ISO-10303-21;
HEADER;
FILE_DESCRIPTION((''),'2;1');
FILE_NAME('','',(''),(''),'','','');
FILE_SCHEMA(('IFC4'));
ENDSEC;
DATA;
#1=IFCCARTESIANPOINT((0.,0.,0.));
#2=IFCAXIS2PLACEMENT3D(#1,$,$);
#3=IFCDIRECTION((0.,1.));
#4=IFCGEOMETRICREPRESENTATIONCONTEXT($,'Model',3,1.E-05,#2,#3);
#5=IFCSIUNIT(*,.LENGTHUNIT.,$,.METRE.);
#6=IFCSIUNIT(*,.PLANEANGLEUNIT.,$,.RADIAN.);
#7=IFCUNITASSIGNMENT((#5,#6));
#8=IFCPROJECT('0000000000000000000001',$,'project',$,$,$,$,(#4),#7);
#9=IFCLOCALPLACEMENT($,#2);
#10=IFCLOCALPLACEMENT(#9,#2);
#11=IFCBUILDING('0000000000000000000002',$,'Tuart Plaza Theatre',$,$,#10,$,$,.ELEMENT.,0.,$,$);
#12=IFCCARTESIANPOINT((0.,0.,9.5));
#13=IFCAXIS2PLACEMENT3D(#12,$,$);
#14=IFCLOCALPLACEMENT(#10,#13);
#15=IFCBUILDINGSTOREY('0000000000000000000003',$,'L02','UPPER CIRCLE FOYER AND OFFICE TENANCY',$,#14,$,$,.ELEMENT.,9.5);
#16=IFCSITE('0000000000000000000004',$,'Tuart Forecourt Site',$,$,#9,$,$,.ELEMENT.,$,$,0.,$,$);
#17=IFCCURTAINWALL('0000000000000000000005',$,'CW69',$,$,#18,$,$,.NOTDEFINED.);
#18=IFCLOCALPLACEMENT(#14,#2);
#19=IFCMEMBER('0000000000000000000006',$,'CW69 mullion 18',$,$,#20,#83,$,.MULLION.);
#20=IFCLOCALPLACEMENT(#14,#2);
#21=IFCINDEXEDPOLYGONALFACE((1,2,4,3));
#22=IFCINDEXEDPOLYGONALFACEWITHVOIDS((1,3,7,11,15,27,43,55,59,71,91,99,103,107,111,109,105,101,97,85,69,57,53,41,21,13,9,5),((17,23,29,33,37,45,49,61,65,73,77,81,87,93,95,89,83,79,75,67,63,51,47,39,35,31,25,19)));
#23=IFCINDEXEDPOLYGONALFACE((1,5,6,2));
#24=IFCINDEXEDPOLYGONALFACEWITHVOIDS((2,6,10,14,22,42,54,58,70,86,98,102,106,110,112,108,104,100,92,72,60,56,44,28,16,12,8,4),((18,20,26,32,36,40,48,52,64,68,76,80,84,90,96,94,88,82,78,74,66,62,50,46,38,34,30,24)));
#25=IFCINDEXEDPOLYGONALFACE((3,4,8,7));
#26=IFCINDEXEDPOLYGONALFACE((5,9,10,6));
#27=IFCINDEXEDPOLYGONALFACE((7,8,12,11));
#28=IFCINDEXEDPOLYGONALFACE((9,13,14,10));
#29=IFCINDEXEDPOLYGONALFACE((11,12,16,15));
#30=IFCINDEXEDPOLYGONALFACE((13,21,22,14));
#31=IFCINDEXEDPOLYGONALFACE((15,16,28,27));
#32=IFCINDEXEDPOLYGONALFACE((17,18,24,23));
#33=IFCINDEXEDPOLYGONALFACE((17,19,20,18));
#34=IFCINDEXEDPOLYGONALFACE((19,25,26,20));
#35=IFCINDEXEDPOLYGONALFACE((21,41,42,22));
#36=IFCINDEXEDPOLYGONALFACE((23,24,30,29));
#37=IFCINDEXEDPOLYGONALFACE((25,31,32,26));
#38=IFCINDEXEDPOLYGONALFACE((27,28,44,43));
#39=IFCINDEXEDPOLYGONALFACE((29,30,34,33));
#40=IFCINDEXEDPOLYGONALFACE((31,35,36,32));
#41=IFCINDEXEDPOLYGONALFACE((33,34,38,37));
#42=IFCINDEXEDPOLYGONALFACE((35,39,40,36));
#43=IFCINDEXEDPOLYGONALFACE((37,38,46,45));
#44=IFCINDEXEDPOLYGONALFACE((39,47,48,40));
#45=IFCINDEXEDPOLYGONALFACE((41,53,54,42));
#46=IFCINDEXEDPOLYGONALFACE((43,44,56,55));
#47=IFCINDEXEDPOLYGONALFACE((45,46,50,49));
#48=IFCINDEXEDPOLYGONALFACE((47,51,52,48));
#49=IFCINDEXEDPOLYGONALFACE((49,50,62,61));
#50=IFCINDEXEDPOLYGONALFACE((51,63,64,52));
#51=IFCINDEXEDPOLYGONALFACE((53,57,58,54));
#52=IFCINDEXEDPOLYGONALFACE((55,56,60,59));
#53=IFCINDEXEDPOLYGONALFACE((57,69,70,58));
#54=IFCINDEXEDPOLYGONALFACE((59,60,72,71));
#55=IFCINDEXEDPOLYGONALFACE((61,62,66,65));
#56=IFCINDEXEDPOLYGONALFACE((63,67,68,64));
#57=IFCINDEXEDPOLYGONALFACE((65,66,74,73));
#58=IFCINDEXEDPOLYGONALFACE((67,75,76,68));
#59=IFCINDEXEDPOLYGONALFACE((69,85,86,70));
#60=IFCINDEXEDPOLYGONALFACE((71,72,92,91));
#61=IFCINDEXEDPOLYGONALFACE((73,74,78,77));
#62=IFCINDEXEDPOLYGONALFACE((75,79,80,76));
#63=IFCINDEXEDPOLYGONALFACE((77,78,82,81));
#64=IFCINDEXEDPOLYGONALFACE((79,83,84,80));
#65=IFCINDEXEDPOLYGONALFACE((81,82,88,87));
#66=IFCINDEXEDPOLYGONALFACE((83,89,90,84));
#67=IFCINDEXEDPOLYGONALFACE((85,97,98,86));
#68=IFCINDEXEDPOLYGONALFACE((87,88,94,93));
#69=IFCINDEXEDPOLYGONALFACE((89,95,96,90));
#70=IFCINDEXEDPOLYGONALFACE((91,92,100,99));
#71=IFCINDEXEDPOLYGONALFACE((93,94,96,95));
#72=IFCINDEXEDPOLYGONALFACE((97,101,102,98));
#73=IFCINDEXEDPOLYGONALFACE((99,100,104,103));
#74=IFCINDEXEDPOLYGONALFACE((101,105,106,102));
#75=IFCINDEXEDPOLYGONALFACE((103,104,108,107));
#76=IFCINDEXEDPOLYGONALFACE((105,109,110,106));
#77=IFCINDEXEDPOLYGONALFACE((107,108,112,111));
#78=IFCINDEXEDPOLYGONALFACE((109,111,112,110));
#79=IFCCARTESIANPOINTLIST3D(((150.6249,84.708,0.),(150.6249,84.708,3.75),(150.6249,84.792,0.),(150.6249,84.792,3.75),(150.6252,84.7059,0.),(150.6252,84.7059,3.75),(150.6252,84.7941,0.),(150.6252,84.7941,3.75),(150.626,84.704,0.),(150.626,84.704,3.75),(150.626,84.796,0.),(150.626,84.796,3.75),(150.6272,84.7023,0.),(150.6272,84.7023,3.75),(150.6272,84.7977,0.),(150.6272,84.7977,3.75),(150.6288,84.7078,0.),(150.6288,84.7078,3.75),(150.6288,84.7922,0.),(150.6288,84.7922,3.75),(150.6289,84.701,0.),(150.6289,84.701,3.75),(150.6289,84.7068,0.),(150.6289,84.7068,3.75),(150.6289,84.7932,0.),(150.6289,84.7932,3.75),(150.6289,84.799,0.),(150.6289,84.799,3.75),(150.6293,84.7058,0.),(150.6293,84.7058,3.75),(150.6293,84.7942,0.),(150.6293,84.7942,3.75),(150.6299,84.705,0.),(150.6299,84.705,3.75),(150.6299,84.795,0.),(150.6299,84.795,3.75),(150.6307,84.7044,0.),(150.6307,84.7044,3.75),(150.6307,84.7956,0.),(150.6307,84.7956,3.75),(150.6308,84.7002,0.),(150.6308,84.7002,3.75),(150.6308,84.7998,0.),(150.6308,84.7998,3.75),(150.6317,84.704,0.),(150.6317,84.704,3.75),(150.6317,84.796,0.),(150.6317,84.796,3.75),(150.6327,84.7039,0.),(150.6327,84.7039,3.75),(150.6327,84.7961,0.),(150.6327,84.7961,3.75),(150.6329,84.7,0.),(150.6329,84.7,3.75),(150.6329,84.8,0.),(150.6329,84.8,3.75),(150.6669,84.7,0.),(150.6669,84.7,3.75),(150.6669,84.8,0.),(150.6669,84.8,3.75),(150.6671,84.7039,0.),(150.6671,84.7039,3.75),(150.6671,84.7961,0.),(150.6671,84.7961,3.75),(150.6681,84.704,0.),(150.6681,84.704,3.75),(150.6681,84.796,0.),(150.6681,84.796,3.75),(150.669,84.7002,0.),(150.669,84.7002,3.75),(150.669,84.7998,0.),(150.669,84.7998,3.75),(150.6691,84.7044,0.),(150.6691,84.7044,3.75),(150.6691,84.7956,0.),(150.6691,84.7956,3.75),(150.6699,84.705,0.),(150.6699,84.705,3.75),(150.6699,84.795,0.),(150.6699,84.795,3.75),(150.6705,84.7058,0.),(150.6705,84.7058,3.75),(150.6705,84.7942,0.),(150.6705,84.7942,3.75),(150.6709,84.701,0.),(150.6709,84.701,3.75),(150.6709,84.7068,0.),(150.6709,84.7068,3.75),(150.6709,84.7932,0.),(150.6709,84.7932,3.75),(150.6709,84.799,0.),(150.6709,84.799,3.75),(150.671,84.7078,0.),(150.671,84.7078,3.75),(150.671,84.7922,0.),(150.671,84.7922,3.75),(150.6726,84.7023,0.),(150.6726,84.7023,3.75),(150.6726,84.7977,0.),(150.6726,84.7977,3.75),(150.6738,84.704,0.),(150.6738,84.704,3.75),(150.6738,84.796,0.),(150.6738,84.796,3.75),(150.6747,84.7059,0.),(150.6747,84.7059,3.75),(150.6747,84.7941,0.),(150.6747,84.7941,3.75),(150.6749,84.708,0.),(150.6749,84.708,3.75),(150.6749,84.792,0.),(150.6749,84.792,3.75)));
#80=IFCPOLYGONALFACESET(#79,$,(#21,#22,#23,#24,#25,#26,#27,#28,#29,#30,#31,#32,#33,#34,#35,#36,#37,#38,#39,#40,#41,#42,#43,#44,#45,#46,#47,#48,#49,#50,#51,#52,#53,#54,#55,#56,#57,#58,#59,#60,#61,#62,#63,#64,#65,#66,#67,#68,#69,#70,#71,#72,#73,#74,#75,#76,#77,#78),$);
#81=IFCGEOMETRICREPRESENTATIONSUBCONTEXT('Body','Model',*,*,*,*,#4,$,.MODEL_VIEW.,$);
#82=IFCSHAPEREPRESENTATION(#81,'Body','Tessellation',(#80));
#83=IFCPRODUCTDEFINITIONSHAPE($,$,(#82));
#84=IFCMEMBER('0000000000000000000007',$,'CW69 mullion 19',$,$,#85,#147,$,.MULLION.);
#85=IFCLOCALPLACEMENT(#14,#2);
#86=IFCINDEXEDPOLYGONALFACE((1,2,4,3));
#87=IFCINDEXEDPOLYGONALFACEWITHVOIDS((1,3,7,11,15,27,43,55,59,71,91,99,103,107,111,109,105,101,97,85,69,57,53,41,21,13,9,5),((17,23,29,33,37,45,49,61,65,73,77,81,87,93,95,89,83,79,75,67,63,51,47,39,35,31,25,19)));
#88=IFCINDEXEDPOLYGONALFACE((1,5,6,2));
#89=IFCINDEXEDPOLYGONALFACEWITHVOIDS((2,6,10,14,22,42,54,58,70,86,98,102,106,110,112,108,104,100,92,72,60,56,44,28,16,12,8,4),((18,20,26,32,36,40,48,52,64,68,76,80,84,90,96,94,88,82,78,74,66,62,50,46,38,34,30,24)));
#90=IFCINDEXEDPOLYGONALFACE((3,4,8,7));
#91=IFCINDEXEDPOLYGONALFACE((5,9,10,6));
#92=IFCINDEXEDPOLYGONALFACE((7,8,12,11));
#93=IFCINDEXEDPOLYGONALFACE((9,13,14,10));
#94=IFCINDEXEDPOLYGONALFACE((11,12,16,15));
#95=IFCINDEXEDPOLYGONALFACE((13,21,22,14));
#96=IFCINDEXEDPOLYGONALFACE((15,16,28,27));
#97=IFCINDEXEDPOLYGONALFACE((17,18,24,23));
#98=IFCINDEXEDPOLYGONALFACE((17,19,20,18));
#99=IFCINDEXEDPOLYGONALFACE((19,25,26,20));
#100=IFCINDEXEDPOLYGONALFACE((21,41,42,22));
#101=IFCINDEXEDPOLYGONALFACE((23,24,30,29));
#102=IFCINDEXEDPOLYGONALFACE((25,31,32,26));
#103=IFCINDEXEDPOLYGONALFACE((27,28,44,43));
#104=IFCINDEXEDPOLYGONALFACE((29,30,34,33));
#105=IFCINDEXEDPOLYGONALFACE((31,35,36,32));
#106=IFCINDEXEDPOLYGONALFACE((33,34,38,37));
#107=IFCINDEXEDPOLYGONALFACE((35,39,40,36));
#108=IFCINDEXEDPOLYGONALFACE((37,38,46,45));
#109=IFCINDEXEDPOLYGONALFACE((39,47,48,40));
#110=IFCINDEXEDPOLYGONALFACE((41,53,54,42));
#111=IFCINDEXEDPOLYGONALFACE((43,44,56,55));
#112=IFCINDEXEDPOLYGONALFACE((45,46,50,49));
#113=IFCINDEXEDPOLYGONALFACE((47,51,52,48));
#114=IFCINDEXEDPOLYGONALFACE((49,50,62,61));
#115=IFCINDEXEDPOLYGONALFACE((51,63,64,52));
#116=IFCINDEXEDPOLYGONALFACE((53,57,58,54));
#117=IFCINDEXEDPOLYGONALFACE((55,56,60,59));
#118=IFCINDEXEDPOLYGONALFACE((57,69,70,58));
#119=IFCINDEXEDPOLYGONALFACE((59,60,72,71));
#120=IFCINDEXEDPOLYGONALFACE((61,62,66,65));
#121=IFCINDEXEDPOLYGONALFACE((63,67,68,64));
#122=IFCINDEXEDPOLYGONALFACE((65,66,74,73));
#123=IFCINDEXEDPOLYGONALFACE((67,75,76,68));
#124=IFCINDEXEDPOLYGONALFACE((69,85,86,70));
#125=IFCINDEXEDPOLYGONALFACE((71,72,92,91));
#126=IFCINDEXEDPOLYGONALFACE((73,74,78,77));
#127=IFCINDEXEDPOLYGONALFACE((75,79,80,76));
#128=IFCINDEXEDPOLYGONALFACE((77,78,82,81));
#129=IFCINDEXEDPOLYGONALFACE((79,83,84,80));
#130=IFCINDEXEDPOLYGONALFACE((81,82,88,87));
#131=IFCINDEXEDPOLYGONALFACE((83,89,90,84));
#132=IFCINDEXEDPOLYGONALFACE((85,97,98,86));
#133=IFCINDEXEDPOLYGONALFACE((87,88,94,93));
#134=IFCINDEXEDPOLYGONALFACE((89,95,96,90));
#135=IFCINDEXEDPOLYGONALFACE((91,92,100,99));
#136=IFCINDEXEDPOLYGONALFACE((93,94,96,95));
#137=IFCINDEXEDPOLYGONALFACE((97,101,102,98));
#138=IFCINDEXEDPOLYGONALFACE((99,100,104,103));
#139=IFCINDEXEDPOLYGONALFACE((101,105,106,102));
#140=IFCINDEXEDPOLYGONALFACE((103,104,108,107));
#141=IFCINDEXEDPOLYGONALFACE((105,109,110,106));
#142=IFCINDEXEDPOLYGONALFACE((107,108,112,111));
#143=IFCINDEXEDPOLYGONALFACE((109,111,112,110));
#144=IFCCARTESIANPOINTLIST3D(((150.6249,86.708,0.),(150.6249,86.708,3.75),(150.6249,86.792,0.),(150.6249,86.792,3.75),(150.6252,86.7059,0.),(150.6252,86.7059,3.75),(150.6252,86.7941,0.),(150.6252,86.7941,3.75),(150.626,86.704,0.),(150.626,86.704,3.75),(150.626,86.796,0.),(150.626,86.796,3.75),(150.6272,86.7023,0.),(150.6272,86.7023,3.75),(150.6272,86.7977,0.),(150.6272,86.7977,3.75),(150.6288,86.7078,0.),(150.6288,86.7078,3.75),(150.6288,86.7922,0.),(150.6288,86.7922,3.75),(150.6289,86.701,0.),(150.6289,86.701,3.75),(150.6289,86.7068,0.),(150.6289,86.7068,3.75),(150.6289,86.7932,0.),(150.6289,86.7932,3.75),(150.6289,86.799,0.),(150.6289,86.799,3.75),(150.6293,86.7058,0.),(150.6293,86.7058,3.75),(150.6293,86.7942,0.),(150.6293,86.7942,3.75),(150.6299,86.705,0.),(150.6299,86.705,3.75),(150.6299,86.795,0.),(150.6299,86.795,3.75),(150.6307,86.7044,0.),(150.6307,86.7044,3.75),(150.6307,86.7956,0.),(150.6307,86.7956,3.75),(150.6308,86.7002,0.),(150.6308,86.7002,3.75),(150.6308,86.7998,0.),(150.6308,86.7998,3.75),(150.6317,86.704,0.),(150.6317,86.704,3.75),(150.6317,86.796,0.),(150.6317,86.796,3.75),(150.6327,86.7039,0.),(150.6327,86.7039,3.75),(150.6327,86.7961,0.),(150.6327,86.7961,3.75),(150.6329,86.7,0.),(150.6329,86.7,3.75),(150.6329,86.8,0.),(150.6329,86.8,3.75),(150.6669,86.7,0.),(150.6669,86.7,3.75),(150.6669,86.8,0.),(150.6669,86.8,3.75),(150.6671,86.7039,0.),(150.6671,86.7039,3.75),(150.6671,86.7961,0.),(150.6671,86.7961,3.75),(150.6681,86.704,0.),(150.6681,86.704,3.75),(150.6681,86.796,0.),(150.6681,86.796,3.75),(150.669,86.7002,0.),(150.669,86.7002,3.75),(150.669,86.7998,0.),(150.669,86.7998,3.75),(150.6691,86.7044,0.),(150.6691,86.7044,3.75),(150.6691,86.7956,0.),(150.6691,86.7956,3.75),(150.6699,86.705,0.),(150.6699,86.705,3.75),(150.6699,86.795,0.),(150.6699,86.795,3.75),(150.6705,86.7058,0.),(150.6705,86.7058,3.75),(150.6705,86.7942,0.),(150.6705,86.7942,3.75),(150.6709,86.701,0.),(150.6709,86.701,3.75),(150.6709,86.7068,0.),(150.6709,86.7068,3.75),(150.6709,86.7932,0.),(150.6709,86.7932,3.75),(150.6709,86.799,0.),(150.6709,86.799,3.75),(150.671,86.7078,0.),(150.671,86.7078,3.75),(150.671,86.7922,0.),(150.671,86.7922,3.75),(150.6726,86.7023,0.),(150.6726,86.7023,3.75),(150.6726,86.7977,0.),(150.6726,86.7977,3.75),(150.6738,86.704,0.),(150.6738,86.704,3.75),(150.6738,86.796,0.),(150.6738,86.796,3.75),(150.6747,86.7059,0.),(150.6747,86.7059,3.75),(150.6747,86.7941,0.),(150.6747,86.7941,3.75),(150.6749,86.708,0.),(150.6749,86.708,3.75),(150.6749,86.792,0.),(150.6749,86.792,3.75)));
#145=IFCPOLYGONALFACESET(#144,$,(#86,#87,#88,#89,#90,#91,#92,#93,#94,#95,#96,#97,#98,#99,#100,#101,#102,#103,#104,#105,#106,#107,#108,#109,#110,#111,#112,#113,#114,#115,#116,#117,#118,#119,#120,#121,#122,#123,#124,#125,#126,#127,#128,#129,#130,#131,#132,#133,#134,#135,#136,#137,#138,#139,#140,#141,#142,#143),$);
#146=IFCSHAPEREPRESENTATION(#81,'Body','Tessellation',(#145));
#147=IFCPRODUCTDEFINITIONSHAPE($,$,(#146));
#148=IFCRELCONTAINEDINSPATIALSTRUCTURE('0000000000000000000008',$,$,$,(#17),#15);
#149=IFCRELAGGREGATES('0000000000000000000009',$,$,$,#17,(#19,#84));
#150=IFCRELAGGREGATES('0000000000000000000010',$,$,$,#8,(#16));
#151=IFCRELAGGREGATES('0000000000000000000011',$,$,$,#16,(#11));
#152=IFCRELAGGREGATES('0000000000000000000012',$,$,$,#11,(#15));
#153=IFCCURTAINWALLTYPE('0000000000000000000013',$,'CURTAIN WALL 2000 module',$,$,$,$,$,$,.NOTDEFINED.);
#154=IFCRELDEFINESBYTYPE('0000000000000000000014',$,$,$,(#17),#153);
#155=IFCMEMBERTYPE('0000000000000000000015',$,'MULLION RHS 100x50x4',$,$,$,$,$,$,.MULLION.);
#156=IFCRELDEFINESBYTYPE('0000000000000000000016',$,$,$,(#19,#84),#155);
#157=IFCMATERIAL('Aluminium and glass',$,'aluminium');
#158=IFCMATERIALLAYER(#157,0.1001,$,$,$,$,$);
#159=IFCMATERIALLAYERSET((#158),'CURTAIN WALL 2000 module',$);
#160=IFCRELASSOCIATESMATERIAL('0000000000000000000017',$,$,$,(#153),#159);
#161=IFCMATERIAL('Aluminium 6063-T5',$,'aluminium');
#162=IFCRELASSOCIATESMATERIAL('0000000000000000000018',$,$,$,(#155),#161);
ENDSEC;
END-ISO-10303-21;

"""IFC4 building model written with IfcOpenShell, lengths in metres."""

from ifc_helpers import new_model, si_unit, direction, frame, origin, origin_2d, place, context, subcontext, project, spatial, hollow_rectangle, extrude, material, layer, layer_set, material_profile, profile_set, type_object, element, aggregate, save


model = new_model("IFC4")

# Units and contexts
model_context = context("Model", 3, precision=1e-05, world=origin(), true_north=direction((0.0, 1.0)))
body_context = subcontext(model_context, "Body", "Model", "MODEL_VIEW")
ifc_project = project(units=[si_unit("LENGTHUNIT", "METRE"), si_unit("PLANEANGLEUNIT", "RADIAN")], contexts=[model_context])

# Site, building, storey
site_placement = place(None, origin())
site = spatial("IfcSite", under=ifc_project, at=site_placement, Name="Tuart Forecourt Site", CompositionType="ELEMENT", RefElevation=0.0)
building_placement = place(site_placement, origin())
building = spatial("IfcBuilding", under=site, at=building_placement, Name="Tuart Plaza Theatre", CompositionType="ELEMENT", ElevationOfRefHeight=0.0)
storey_placement = place(building_placement, frame((0.0, 0.0, 9.5)))
storey = spatial("IfcBuildingStorey", under=building, at=storey_placement, Name="L02", Description="UPPER CIRCLE FOYER AND OFFICE TENANCY", CompositionType="ELEMENT", Elevation=9.5)

# Curtain wall, members
ifc_material_1 = material(Name="Aluminium and glass", Category="aluminium")
ifc_layer_1 = layer(ifc_material_1, 0.1001)
ifc_layer_set_1 = layer_set([ifc_layer_1], Name="CURTAIN WALL 2000 module")
curtain_wall_type = type_object("IfcCurtainWallType", Name="CURTAIN WALL 2000 module", PredefinedType="NOTDEFINED", material=ifc_layer_set_1)
curtain_wall_placement = place(storey_placement, origin())
curtain_wall = element("IfcCurtainWall", 1, at=curtain_wall_placement, inside=storey, type_object=curtain_wall_type, Name="CW69", PredefinedType="NOTDEFINED")
ifc_material_2 = material(Name="Aluminium 6063-T5", Category="aluminium")
ifc_material_profile_1 = material_profile(ifc_material_2, hollow_rectangle(XDim=0.05, YDim=0.1001, WallThickness=0.0039, InnerFilletRadius=0.0039, OuterFilletRadius=0.0081, at=origin_2d()), Name="RHS 100x50x4")
ifc_profile_set_1 = profile_set([ifc_material_profile_1], Name="Aluminium 6063-T5")
member_type_1 = type_object("IfcMemberType", Name="MULLION RHS 100x50x4", PredefinedType="MULLION", material=ifc_profile_set_1)
member_1_placement = place(storey_placement, frame((150.6499, 84.75, 0.0), z_axis=(0.0, 0.0, 1.0), x_axis=(-1.0, 0.0, 0.0)))
member_1 = element("IfcMember", 2, at=member_1_placement, type_object=member_type_1, Name="CW69 mullion 18", PredefinedType="MULLION", context=body_context, shape_type="SweptSolid", body=[
    extrude(hollow_rectangle(XDim=0.05, YDim=0.1001, WallThickness=0.0039, InnerFilletRadius=0.0039, OuterFilletRadius=0.0081, at=origin_2d()), origin(), (0.0, 0.0, 1.0), 3.75),
])
member_2_placement = place(storey_placement, frame((150.6499, 86.75, 0.0), z_axis=(0.0, 0.0, 1.0), x_axis=(-1.0, 0.0, 0.0)))
member_2 = element("IfcMember", 3, at=member_2_placement, type_object=member_type_1, Name="CW69 mullion 19", PredefinedType="MULLION", context=body_context, shape_type="SweptSolid", body=[
    extrude(hollow_rectangle(XDim=0.05, YDim=0.1001, WallThickness=0.0039, InnerFilletRadius=0.0039, OuterFilletRadius=0.0081, at=origin_2d()), origin(), (0.0, 0.0, 1.0), 3.75),
])
aggregate(curtain_wall, [member_1, member_2])

save(model, "model.ifc")
